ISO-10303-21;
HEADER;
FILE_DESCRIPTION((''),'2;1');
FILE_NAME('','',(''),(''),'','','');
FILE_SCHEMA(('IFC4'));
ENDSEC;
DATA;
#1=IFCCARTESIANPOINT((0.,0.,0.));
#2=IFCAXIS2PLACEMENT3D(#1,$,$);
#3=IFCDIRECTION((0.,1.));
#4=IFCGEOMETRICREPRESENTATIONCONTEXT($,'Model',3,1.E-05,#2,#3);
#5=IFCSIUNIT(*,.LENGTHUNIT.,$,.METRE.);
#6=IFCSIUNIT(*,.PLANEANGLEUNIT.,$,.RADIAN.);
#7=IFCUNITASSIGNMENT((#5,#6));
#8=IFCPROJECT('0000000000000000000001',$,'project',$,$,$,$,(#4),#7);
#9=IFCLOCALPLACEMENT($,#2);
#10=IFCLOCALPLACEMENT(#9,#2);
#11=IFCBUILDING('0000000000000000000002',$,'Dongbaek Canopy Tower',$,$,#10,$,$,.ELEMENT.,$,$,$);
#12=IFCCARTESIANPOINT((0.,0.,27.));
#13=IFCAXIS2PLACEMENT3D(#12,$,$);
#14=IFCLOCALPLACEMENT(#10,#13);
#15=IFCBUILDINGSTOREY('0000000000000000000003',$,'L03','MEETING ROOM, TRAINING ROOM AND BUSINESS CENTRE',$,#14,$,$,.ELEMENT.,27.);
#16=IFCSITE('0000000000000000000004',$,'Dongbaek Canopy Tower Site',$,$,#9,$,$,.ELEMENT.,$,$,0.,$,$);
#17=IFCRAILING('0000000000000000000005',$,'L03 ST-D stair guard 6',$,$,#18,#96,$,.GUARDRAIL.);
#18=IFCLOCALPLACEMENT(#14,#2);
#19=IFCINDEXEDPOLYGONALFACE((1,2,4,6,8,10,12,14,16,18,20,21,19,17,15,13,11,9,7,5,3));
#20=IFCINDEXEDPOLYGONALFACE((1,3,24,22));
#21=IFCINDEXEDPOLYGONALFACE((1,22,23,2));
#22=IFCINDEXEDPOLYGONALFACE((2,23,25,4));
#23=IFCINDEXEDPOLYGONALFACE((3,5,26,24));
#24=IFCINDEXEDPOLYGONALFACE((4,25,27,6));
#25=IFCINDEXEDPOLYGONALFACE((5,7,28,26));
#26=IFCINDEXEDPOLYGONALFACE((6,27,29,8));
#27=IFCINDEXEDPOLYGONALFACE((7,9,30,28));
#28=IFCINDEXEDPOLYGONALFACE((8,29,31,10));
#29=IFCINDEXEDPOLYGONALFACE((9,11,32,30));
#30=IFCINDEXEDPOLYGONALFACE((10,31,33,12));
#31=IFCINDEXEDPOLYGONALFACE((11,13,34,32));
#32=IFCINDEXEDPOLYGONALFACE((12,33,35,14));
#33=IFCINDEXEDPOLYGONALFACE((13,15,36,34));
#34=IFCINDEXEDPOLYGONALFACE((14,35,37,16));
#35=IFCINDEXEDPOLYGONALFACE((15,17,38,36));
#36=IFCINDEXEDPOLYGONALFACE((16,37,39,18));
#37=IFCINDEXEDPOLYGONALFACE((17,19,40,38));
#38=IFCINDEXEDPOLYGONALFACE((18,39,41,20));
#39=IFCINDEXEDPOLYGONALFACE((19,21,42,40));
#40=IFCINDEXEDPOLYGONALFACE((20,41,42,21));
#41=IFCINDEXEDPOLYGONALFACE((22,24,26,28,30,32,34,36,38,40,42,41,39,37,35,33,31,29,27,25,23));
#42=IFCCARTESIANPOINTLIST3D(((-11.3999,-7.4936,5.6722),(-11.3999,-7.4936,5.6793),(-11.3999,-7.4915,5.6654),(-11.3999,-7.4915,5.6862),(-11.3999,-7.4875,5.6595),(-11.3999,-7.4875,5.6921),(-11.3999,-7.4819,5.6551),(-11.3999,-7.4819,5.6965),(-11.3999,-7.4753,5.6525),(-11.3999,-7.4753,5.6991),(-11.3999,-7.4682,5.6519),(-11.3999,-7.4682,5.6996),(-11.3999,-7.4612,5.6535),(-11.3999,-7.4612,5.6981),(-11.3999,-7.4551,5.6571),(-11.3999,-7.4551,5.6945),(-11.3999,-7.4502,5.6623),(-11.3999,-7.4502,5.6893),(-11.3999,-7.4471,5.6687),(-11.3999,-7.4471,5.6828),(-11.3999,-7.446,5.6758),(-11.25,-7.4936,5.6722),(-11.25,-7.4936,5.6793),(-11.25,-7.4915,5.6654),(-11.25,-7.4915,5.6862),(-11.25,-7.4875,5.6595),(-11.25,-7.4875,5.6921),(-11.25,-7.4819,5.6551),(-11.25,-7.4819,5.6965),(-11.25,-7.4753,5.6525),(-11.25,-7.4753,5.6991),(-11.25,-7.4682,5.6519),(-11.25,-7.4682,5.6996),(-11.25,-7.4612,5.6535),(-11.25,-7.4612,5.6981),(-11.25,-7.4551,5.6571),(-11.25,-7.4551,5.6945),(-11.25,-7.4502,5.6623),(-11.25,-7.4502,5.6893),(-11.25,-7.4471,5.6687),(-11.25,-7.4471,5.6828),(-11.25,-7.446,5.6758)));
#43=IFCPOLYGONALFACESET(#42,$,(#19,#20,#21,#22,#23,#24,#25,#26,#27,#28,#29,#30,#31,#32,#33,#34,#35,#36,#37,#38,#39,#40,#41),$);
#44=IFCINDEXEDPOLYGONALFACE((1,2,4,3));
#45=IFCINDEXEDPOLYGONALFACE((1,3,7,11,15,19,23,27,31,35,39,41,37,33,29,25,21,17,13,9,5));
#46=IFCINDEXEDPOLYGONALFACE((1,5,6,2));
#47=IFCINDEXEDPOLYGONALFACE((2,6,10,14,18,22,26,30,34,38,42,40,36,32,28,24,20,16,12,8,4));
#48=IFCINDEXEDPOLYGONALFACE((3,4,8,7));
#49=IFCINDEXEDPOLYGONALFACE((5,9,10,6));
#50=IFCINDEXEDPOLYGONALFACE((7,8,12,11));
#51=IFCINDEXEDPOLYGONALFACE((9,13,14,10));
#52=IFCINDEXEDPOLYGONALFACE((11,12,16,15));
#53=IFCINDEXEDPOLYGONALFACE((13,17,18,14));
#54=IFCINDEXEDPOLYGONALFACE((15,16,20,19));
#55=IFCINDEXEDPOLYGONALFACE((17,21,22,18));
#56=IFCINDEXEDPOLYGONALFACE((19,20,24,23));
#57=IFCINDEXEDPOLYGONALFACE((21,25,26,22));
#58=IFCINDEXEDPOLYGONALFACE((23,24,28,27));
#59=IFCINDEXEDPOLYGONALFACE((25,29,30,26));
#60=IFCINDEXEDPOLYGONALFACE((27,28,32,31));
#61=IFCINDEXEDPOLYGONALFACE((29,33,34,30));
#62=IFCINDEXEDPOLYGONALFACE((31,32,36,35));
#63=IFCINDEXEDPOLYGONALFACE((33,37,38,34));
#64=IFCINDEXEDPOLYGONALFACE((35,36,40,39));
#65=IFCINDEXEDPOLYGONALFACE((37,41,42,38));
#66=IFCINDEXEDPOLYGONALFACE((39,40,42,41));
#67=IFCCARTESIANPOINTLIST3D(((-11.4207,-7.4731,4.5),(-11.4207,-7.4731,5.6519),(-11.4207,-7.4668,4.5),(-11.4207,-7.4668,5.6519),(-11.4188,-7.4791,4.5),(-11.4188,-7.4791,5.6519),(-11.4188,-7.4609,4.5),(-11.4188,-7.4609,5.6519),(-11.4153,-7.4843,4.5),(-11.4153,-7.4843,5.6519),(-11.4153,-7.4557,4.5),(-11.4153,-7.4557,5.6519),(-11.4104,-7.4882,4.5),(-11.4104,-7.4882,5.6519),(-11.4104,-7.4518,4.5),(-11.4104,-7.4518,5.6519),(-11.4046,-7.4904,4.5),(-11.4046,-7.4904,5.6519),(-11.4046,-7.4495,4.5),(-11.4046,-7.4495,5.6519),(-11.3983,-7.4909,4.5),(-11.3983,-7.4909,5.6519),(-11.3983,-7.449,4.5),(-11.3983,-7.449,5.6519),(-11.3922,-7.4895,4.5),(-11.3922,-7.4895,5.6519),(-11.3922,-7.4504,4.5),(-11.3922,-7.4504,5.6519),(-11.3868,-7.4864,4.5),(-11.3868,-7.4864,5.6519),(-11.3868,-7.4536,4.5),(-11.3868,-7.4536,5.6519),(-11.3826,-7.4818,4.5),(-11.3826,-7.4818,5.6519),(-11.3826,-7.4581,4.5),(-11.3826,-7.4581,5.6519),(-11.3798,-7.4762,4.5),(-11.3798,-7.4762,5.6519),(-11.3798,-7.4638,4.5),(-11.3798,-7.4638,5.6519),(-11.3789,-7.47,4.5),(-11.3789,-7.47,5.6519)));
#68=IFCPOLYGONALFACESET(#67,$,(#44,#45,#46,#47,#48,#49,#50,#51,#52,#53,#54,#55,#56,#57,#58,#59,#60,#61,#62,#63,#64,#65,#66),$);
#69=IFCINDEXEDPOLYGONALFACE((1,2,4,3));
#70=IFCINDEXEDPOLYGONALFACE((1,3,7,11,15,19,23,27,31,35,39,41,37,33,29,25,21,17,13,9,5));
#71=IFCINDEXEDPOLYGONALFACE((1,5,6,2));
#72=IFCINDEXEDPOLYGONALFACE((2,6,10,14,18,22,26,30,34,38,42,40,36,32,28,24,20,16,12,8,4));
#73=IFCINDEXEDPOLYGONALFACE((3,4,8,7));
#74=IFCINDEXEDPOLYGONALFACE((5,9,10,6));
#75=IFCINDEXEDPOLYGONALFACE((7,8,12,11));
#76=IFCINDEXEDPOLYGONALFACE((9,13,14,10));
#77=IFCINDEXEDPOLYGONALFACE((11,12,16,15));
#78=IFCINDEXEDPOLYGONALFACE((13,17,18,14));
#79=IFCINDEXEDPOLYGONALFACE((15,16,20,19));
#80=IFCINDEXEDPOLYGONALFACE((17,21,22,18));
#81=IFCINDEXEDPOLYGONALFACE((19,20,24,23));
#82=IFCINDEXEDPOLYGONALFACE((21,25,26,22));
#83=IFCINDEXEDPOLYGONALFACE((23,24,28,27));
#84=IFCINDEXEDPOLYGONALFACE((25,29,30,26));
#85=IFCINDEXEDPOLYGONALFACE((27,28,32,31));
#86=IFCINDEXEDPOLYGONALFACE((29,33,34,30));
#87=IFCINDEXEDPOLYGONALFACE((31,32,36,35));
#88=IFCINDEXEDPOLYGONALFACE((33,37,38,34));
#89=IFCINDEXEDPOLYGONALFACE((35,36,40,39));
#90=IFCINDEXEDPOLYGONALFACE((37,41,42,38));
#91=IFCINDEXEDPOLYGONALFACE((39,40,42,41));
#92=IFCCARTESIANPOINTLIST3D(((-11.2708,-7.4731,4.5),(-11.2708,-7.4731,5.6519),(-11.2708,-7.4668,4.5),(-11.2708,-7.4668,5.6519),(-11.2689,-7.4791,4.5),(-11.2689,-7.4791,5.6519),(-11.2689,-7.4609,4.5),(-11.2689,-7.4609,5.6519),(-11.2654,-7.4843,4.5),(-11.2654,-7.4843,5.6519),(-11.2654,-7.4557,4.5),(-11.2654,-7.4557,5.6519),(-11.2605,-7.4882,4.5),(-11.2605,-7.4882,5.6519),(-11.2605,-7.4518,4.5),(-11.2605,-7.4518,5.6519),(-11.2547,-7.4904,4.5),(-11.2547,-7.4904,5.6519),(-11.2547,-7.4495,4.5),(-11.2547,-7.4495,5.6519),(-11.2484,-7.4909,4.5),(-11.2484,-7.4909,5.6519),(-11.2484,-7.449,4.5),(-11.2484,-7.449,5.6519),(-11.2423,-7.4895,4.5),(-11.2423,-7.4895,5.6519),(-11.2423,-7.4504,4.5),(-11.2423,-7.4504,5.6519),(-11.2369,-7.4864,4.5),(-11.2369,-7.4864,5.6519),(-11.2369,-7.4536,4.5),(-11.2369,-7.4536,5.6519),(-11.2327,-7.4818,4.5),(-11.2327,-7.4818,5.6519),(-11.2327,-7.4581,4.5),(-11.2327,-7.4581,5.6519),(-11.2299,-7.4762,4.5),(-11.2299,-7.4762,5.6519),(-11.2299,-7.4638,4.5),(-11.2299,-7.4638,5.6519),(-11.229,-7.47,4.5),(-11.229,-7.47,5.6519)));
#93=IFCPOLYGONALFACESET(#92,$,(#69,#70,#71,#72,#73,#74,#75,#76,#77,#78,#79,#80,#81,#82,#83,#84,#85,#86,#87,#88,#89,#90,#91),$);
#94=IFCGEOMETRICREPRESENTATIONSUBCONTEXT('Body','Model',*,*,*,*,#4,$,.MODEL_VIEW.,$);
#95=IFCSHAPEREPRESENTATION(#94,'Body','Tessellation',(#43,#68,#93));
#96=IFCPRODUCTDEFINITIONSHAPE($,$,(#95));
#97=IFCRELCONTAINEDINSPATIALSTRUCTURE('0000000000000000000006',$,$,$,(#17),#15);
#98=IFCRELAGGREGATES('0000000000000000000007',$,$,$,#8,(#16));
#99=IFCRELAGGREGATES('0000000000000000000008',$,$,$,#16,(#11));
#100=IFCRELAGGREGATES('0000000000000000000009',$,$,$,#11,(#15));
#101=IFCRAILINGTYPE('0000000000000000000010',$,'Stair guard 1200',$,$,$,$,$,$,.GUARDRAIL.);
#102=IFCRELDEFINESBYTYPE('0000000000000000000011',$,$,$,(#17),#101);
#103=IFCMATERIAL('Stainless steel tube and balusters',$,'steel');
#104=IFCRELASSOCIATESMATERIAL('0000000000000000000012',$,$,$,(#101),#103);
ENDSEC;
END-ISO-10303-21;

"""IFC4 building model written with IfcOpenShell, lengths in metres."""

from ifc_helpers import new_model, si_unit, direction, frame, origin, origin_2d, place, context, subcontext, project, spatial, circle, extrude, material, type_object, element, save


model = new_model("IFC4")

# Units and contexts
model_context = context("Model", 3, precision=1e-05, world=origin(), true_north=direction((0.0, 1.0)))
body_context = subcontext(model_context, "Body", "Model", "MODEL_VIEW")
ifc_project = project(units=[si_unit("LENGTHUNIT", "METRE"), si_unit("PLANEANGLEUNIT", "RADIAN")], contexts=[model_context])

# Site, building, storey
site_placement = place(None, origin())
site = spatial("IfcSite", under=ifc_project, at=site_placement, Name="Dongbaek Canopy Tower Site", CompositionType="ELEMENT", RefElevation=0.0)
building_placement = place(site_placement, origin())
building = spatial("IfcBuilding", under=site, at=building_placement, Name="Dongbaek Canopy Tower", CompositionType="ELEMENT")
storey_placement = place(building_placement, frame((0.0, 0.0, 27.0)))
storey = spatial("IfcBuildingStorey", under=building, at=storey_placement, Name="L03", Description="MEETING ROOM, TRAINING ROOM AND BUSINESS CENTRE", CompositionType="ELEMENT", Elevation=27.0)

# Railing
ifc_material_1 = material(Name="Stainless steel tube and balusters", Category="steel")
railing_type_1 = type_object("IfcRailingType", Name="Stair guard 1200", PredefinedType="GUARDRAIL", material=ifc_material_1)
railing_1_placement = place(storey_placement, frame((-11.3999, -7.47, 4.5)))
element("IfcRailing", 1, at=railing_1_placement, inside=storey, type_object=railing_type_1, Name="L03 ST-D stair guard 6", PredefinedType="GUARDRAIL", context=body_context, shape_type="SweptSolid", body=[
    extrude(circle(Radius=0.0239, at=origin_2d()), frame((0.0, 0.0, 1.1758), z_axis=(1.0, 0.0, 0.0), x_axis=(0.0, 1.0, 0.0)), (0.0, 0.0, 1.0), 0.1499),
    extrude(circle(Radius=0.021, at=origin_2d()), origin(), (0.0, 0.0, 1.0), 1.1519),
    extrude(circle(Radius=0.021, at=origin_2d()), frame((0.1499, 0.0, 0.0)), (0.0, 0.0, 1.0), 1.1519),
])

save(model, "model.ifc")
